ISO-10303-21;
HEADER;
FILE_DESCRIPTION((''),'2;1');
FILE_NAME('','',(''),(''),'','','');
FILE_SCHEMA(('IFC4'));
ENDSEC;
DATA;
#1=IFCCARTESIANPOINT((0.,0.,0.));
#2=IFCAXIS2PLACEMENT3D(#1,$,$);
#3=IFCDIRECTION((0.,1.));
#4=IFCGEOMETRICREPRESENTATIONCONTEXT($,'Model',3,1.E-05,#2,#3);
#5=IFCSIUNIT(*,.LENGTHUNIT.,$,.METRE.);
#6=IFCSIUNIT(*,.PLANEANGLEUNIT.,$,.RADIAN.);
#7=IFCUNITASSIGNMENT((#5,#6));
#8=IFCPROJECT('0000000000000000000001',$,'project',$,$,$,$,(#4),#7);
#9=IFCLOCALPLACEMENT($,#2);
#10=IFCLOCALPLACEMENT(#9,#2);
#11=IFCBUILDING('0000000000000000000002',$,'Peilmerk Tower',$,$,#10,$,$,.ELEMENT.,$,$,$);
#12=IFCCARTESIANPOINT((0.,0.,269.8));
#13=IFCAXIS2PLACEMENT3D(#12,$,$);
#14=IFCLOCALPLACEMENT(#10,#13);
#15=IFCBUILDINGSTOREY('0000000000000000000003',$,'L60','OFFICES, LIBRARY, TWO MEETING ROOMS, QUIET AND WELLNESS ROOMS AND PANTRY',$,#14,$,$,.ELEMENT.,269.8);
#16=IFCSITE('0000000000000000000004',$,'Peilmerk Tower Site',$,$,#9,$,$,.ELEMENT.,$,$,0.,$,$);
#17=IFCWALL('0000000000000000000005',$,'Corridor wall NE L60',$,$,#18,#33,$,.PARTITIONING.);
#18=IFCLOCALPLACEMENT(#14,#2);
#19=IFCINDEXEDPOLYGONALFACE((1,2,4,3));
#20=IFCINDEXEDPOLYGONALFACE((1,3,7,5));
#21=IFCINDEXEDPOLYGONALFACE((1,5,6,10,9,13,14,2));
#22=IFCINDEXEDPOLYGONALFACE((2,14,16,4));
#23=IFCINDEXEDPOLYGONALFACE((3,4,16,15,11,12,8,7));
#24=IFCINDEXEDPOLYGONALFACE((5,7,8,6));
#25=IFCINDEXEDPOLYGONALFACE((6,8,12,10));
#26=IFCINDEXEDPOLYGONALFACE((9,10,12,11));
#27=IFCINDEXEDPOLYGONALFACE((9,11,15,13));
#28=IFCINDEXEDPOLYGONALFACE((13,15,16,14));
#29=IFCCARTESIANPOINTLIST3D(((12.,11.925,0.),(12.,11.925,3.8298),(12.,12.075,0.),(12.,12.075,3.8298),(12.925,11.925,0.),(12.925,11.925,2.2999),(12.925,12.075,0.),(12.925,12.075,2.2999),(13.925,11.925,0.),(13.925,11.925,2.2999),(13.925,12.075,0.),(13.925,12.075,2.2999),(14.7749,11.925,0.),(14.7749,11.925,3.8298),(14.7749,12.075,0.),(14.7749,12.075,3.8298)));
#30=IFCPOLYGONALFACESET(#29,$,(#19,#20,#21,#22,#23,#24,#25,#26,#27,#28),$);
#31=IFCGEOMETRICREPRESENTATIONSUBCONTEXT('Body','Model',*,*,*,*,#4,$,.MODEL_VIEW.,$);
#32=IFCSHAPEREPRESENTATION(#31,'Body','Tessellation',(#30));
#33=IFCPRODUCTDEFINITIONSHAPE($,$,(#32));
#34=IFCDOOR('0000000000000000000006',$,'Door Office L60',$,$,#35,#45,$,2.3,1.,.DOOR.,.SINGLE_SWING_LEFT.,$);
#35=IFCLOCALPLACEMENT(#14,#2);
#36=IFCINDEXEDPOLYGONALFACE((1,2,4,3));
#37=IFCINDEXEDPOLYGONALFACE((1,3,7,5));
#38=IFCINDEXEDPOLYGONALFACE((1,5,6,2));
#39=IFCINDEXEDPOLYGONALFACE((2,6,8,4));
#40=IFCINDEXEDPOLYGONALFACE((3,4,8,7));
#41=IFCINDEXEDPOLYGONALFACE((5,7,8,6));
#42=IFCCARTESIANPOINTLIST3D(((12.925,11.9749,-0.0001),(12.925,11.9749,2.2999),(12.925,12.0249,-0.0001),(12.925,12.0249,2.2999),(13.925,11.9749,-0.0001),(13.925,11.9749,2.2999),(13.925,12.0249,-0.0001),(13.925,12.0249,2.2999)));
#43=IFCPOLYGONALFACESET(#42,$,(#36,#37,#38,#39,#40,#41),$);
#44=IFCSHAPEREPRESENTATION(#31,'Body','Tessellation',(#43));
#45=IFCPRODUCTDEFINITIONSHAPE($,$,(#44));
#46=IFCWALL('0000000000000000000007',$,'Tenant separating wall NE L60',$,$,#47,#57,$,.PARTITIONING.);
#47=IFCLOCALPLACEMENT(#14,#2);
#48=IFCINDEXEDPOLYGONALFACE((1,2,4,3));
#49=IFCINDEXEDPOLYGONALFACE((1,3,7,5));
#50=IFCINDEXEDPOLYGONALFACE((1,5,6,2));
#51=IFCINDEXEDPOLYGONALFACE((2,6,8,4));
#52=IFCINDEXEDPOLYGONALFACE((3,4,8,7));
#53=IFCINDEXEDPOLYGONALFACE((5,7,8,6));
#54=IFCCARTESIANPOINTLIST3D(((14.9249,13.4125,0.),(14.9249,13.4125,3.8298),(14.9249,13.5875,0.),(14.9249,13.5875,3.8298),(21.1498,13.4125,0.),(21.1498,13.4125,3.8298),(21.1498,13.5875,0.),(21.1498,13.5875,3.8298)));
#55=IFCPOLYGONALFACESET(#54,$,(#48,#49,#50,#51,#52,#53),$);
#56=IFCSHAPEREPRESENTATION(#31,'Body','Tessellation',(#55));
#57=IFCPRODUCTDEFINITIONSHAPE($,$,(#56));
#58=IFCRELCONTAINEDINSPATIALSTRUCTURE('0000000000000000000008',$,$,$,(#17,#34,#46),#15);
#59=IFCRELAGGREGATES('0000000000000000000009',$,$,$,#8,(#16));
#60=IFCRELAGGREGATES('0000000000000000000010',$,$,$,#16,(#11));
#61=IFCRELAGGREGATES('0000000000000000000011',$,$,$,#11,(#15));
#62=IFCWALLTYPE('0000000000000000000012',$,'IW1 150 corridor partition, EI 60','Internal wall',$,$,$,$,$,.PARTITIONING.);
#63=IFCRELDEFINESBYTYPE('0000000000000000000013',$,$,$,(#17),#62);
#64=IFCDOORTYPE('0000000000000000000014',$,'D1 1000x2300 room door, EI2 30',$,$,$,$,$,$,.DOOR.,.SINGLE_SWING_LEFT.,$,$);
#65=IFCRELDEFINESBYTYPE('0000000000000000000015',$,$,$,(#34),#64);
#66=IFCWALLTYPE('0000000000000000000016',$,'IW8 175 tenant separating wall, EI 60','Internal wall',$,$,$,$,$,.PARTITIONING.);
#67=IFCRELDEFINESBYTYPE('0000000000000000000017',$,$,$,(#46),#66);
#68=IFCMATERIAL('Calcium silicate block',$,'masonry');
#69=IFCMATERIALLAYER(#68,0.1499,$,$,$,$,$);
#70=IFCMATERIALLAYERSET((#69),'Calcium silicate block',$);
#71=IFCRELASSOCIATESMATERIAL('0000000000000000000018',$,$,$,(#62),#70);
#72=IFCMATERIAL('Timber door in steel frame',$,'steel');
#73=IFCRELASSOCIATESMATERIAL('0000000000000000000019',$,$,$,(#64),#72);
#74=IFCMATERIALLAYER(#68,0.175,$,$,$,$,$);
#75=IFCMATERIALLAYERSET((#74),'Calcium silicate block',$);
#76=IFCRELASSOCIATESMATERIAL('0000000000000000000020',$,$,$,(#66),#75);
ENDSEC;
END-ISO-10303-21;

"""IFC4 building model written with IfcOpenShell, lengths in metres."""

from ifc_helpers import new_model, si_unit, direction, frame, frame_2d, origin, place, context, subcontext, project, spatial, rectangle, extrude, material, layer, layer_set, type_object, element, fill, save


model = new_model("IFC4")

# Units and contexts
model_context = context("Model", 3, precision=1e-05, world=origin(), true_north=direction((0.0, 1.0)))
body_context = subcontext(model_context, "Body", "Model", "MODEL_VIEW")
ifc_project = project(units=[si_unit("LENGTHUNIT", "METRE"), si_unit("PLANEANGLEUNIT", "RADIAN")], contexts=[model_context])

# Site, building, storey
site_placement = place(None, origin())
site = spatial("IfcSite", under=ifc_project, at=site_placement, Name="Peilmerk Tower Site", CompositionType="ELEMENT", RefElevation=0.0)
building_placement = place(site_placement, origin())
building = spatial("IfcBuilding", under=site, at=building_placement, Name="Peilmerk Tower", CompositionType="ELEMENT")
storey_placement = place(building_placement, frame((0.0, 0.0, 269.8)))
storey = spatial("IfcBuildingStorey", under=building, at=storey_placement, Name="L60", Description="OFFICES, LIBRARY, TWO MEETING ROOMS, QUIET AND WELLNESS ROOMS AND PANTRY", CompositionType="ELEMENT", Elevation=269.8)

# Wall, opening, door
ifc_material_1 = material(Name="Calcium silicate block", Category="masonry")
ifc_layer_1 = layer(ifc_material_1, 0.1499)
ifc_layer_set_1 = layer_set([ifc_layer_1], Name="Calcium silicate block")
wall_type_1 = type_object("IfcWallType", Name="IW1 150 corridor partition, EI 60", Description="Internal wall", PredefinedType="PARTITIONING", material=ifc_layer_set_1)
wall_1_placement = place(storey_placement, frame((12.0, 12.0, 0.0), z_axis=(0.0, 0.0, 1.0), x_axis=(1.0, 0.0, 0.0)))
wall_1 = element("IfcWall", 1, at=wall_1_placement, inside=storey, type_object=wall_type_1, Name="Corridor wall NE L60", PredefinedType="PARTITIONING", context=body_context, shape_type="SweptSolid", body=[
    extrude(rectangle(XDim=2.7749, YDim=0.1499, at=frame_2d((1.3875, 0.0))), origin(), (0.0, 0.0, 1.0), 3.8298),
])
opening_placement = place(wall_1_placement, frame((0.925, 0.0, 0.0)))
opening = element("IfcOpeningElement", 2, at=opening_placement, cuts=wall_1, PredefinedType="OPENING", context=body_context, shape_type="SweptSolid", body=[
    extrude(rectangle(XDim=1.0, YDim=2.3, at=frame_2d((0.5, 1.1499))), frame((0.0, 0.085, 0.0), z_axis=(0.0, -1.0, 0.0), x_axis=(1.0, 0.0, 0.0)), (0.0, 0.0, 1.0), 0.1699),
])
ifc_material_2 = material(Name="Timber door in steel frame", Category="steel")
door_type = type_object("IfcDoorType", Name="D1 1000x2300 room door, EI2 30", OperationType="SINGLE_SWING_LEFT", PredefinedType="DOOR", material=ifc_material_2)
door_placement = place(opening_placement, origin())
door = element("IfcDoor", 3, at=door_placement, inside=storey, type_object=door_type, Name="Door Office L60", OperationType="SINGLE_SWING_LEFT", OverallHeight=2.3, OverallWidth=1.0, PredefinedType="DOOR", context=body_context, shape_type="SweptSolid", body=[
    extrude(rectangle(XDim=1.0, YDim=2.3, at=frame_2d((0.5, 1.1499))), frame((0.0, 0.0249, 0.0), z_axis=(0.0, -1.0, 0.0), x_axis=(1.0, 0.0, 0.0)), (0.0, 0.0, 1.0), 0.05),
])
fill(opening, door)

# Wall
ifc_layer_2 = layer(ifc_material_1, 0.175)
ifc_layer_set_2 = layer_set([ifc_layer_2], Name="Calcium silicate block")
wall_type_2 = type_object("IfcWallType", Name="IW8 175 tenant separating wall, EI 60", Description="Internal wall", PredefinedType="PARTITIONING", material=ifc_layer_set_2)
wall_2_placement = place(storey_placement, frame((14.925, 13.5, 0.0), z_axis=(0.0, 0.0, 1.0), x_axis=(1.0, 0.0, 0.0)))
element("IfcWall", 4, at=wall_2_placement, inside=storey, type_object=wall_type_2, Name="Tenant separating wall NE L60", PredefinedType="PARTITIONING", context=body_context, shape_type="SweptSolid", body=[
    extrude(rectangle(XDim=6.2249, YDim=0.175, at=frame_2d((3.1123, 0.0))), origin(), (0.0, 0.0, 1.0), 3.8298),
])

save(model, "model.ifc")
